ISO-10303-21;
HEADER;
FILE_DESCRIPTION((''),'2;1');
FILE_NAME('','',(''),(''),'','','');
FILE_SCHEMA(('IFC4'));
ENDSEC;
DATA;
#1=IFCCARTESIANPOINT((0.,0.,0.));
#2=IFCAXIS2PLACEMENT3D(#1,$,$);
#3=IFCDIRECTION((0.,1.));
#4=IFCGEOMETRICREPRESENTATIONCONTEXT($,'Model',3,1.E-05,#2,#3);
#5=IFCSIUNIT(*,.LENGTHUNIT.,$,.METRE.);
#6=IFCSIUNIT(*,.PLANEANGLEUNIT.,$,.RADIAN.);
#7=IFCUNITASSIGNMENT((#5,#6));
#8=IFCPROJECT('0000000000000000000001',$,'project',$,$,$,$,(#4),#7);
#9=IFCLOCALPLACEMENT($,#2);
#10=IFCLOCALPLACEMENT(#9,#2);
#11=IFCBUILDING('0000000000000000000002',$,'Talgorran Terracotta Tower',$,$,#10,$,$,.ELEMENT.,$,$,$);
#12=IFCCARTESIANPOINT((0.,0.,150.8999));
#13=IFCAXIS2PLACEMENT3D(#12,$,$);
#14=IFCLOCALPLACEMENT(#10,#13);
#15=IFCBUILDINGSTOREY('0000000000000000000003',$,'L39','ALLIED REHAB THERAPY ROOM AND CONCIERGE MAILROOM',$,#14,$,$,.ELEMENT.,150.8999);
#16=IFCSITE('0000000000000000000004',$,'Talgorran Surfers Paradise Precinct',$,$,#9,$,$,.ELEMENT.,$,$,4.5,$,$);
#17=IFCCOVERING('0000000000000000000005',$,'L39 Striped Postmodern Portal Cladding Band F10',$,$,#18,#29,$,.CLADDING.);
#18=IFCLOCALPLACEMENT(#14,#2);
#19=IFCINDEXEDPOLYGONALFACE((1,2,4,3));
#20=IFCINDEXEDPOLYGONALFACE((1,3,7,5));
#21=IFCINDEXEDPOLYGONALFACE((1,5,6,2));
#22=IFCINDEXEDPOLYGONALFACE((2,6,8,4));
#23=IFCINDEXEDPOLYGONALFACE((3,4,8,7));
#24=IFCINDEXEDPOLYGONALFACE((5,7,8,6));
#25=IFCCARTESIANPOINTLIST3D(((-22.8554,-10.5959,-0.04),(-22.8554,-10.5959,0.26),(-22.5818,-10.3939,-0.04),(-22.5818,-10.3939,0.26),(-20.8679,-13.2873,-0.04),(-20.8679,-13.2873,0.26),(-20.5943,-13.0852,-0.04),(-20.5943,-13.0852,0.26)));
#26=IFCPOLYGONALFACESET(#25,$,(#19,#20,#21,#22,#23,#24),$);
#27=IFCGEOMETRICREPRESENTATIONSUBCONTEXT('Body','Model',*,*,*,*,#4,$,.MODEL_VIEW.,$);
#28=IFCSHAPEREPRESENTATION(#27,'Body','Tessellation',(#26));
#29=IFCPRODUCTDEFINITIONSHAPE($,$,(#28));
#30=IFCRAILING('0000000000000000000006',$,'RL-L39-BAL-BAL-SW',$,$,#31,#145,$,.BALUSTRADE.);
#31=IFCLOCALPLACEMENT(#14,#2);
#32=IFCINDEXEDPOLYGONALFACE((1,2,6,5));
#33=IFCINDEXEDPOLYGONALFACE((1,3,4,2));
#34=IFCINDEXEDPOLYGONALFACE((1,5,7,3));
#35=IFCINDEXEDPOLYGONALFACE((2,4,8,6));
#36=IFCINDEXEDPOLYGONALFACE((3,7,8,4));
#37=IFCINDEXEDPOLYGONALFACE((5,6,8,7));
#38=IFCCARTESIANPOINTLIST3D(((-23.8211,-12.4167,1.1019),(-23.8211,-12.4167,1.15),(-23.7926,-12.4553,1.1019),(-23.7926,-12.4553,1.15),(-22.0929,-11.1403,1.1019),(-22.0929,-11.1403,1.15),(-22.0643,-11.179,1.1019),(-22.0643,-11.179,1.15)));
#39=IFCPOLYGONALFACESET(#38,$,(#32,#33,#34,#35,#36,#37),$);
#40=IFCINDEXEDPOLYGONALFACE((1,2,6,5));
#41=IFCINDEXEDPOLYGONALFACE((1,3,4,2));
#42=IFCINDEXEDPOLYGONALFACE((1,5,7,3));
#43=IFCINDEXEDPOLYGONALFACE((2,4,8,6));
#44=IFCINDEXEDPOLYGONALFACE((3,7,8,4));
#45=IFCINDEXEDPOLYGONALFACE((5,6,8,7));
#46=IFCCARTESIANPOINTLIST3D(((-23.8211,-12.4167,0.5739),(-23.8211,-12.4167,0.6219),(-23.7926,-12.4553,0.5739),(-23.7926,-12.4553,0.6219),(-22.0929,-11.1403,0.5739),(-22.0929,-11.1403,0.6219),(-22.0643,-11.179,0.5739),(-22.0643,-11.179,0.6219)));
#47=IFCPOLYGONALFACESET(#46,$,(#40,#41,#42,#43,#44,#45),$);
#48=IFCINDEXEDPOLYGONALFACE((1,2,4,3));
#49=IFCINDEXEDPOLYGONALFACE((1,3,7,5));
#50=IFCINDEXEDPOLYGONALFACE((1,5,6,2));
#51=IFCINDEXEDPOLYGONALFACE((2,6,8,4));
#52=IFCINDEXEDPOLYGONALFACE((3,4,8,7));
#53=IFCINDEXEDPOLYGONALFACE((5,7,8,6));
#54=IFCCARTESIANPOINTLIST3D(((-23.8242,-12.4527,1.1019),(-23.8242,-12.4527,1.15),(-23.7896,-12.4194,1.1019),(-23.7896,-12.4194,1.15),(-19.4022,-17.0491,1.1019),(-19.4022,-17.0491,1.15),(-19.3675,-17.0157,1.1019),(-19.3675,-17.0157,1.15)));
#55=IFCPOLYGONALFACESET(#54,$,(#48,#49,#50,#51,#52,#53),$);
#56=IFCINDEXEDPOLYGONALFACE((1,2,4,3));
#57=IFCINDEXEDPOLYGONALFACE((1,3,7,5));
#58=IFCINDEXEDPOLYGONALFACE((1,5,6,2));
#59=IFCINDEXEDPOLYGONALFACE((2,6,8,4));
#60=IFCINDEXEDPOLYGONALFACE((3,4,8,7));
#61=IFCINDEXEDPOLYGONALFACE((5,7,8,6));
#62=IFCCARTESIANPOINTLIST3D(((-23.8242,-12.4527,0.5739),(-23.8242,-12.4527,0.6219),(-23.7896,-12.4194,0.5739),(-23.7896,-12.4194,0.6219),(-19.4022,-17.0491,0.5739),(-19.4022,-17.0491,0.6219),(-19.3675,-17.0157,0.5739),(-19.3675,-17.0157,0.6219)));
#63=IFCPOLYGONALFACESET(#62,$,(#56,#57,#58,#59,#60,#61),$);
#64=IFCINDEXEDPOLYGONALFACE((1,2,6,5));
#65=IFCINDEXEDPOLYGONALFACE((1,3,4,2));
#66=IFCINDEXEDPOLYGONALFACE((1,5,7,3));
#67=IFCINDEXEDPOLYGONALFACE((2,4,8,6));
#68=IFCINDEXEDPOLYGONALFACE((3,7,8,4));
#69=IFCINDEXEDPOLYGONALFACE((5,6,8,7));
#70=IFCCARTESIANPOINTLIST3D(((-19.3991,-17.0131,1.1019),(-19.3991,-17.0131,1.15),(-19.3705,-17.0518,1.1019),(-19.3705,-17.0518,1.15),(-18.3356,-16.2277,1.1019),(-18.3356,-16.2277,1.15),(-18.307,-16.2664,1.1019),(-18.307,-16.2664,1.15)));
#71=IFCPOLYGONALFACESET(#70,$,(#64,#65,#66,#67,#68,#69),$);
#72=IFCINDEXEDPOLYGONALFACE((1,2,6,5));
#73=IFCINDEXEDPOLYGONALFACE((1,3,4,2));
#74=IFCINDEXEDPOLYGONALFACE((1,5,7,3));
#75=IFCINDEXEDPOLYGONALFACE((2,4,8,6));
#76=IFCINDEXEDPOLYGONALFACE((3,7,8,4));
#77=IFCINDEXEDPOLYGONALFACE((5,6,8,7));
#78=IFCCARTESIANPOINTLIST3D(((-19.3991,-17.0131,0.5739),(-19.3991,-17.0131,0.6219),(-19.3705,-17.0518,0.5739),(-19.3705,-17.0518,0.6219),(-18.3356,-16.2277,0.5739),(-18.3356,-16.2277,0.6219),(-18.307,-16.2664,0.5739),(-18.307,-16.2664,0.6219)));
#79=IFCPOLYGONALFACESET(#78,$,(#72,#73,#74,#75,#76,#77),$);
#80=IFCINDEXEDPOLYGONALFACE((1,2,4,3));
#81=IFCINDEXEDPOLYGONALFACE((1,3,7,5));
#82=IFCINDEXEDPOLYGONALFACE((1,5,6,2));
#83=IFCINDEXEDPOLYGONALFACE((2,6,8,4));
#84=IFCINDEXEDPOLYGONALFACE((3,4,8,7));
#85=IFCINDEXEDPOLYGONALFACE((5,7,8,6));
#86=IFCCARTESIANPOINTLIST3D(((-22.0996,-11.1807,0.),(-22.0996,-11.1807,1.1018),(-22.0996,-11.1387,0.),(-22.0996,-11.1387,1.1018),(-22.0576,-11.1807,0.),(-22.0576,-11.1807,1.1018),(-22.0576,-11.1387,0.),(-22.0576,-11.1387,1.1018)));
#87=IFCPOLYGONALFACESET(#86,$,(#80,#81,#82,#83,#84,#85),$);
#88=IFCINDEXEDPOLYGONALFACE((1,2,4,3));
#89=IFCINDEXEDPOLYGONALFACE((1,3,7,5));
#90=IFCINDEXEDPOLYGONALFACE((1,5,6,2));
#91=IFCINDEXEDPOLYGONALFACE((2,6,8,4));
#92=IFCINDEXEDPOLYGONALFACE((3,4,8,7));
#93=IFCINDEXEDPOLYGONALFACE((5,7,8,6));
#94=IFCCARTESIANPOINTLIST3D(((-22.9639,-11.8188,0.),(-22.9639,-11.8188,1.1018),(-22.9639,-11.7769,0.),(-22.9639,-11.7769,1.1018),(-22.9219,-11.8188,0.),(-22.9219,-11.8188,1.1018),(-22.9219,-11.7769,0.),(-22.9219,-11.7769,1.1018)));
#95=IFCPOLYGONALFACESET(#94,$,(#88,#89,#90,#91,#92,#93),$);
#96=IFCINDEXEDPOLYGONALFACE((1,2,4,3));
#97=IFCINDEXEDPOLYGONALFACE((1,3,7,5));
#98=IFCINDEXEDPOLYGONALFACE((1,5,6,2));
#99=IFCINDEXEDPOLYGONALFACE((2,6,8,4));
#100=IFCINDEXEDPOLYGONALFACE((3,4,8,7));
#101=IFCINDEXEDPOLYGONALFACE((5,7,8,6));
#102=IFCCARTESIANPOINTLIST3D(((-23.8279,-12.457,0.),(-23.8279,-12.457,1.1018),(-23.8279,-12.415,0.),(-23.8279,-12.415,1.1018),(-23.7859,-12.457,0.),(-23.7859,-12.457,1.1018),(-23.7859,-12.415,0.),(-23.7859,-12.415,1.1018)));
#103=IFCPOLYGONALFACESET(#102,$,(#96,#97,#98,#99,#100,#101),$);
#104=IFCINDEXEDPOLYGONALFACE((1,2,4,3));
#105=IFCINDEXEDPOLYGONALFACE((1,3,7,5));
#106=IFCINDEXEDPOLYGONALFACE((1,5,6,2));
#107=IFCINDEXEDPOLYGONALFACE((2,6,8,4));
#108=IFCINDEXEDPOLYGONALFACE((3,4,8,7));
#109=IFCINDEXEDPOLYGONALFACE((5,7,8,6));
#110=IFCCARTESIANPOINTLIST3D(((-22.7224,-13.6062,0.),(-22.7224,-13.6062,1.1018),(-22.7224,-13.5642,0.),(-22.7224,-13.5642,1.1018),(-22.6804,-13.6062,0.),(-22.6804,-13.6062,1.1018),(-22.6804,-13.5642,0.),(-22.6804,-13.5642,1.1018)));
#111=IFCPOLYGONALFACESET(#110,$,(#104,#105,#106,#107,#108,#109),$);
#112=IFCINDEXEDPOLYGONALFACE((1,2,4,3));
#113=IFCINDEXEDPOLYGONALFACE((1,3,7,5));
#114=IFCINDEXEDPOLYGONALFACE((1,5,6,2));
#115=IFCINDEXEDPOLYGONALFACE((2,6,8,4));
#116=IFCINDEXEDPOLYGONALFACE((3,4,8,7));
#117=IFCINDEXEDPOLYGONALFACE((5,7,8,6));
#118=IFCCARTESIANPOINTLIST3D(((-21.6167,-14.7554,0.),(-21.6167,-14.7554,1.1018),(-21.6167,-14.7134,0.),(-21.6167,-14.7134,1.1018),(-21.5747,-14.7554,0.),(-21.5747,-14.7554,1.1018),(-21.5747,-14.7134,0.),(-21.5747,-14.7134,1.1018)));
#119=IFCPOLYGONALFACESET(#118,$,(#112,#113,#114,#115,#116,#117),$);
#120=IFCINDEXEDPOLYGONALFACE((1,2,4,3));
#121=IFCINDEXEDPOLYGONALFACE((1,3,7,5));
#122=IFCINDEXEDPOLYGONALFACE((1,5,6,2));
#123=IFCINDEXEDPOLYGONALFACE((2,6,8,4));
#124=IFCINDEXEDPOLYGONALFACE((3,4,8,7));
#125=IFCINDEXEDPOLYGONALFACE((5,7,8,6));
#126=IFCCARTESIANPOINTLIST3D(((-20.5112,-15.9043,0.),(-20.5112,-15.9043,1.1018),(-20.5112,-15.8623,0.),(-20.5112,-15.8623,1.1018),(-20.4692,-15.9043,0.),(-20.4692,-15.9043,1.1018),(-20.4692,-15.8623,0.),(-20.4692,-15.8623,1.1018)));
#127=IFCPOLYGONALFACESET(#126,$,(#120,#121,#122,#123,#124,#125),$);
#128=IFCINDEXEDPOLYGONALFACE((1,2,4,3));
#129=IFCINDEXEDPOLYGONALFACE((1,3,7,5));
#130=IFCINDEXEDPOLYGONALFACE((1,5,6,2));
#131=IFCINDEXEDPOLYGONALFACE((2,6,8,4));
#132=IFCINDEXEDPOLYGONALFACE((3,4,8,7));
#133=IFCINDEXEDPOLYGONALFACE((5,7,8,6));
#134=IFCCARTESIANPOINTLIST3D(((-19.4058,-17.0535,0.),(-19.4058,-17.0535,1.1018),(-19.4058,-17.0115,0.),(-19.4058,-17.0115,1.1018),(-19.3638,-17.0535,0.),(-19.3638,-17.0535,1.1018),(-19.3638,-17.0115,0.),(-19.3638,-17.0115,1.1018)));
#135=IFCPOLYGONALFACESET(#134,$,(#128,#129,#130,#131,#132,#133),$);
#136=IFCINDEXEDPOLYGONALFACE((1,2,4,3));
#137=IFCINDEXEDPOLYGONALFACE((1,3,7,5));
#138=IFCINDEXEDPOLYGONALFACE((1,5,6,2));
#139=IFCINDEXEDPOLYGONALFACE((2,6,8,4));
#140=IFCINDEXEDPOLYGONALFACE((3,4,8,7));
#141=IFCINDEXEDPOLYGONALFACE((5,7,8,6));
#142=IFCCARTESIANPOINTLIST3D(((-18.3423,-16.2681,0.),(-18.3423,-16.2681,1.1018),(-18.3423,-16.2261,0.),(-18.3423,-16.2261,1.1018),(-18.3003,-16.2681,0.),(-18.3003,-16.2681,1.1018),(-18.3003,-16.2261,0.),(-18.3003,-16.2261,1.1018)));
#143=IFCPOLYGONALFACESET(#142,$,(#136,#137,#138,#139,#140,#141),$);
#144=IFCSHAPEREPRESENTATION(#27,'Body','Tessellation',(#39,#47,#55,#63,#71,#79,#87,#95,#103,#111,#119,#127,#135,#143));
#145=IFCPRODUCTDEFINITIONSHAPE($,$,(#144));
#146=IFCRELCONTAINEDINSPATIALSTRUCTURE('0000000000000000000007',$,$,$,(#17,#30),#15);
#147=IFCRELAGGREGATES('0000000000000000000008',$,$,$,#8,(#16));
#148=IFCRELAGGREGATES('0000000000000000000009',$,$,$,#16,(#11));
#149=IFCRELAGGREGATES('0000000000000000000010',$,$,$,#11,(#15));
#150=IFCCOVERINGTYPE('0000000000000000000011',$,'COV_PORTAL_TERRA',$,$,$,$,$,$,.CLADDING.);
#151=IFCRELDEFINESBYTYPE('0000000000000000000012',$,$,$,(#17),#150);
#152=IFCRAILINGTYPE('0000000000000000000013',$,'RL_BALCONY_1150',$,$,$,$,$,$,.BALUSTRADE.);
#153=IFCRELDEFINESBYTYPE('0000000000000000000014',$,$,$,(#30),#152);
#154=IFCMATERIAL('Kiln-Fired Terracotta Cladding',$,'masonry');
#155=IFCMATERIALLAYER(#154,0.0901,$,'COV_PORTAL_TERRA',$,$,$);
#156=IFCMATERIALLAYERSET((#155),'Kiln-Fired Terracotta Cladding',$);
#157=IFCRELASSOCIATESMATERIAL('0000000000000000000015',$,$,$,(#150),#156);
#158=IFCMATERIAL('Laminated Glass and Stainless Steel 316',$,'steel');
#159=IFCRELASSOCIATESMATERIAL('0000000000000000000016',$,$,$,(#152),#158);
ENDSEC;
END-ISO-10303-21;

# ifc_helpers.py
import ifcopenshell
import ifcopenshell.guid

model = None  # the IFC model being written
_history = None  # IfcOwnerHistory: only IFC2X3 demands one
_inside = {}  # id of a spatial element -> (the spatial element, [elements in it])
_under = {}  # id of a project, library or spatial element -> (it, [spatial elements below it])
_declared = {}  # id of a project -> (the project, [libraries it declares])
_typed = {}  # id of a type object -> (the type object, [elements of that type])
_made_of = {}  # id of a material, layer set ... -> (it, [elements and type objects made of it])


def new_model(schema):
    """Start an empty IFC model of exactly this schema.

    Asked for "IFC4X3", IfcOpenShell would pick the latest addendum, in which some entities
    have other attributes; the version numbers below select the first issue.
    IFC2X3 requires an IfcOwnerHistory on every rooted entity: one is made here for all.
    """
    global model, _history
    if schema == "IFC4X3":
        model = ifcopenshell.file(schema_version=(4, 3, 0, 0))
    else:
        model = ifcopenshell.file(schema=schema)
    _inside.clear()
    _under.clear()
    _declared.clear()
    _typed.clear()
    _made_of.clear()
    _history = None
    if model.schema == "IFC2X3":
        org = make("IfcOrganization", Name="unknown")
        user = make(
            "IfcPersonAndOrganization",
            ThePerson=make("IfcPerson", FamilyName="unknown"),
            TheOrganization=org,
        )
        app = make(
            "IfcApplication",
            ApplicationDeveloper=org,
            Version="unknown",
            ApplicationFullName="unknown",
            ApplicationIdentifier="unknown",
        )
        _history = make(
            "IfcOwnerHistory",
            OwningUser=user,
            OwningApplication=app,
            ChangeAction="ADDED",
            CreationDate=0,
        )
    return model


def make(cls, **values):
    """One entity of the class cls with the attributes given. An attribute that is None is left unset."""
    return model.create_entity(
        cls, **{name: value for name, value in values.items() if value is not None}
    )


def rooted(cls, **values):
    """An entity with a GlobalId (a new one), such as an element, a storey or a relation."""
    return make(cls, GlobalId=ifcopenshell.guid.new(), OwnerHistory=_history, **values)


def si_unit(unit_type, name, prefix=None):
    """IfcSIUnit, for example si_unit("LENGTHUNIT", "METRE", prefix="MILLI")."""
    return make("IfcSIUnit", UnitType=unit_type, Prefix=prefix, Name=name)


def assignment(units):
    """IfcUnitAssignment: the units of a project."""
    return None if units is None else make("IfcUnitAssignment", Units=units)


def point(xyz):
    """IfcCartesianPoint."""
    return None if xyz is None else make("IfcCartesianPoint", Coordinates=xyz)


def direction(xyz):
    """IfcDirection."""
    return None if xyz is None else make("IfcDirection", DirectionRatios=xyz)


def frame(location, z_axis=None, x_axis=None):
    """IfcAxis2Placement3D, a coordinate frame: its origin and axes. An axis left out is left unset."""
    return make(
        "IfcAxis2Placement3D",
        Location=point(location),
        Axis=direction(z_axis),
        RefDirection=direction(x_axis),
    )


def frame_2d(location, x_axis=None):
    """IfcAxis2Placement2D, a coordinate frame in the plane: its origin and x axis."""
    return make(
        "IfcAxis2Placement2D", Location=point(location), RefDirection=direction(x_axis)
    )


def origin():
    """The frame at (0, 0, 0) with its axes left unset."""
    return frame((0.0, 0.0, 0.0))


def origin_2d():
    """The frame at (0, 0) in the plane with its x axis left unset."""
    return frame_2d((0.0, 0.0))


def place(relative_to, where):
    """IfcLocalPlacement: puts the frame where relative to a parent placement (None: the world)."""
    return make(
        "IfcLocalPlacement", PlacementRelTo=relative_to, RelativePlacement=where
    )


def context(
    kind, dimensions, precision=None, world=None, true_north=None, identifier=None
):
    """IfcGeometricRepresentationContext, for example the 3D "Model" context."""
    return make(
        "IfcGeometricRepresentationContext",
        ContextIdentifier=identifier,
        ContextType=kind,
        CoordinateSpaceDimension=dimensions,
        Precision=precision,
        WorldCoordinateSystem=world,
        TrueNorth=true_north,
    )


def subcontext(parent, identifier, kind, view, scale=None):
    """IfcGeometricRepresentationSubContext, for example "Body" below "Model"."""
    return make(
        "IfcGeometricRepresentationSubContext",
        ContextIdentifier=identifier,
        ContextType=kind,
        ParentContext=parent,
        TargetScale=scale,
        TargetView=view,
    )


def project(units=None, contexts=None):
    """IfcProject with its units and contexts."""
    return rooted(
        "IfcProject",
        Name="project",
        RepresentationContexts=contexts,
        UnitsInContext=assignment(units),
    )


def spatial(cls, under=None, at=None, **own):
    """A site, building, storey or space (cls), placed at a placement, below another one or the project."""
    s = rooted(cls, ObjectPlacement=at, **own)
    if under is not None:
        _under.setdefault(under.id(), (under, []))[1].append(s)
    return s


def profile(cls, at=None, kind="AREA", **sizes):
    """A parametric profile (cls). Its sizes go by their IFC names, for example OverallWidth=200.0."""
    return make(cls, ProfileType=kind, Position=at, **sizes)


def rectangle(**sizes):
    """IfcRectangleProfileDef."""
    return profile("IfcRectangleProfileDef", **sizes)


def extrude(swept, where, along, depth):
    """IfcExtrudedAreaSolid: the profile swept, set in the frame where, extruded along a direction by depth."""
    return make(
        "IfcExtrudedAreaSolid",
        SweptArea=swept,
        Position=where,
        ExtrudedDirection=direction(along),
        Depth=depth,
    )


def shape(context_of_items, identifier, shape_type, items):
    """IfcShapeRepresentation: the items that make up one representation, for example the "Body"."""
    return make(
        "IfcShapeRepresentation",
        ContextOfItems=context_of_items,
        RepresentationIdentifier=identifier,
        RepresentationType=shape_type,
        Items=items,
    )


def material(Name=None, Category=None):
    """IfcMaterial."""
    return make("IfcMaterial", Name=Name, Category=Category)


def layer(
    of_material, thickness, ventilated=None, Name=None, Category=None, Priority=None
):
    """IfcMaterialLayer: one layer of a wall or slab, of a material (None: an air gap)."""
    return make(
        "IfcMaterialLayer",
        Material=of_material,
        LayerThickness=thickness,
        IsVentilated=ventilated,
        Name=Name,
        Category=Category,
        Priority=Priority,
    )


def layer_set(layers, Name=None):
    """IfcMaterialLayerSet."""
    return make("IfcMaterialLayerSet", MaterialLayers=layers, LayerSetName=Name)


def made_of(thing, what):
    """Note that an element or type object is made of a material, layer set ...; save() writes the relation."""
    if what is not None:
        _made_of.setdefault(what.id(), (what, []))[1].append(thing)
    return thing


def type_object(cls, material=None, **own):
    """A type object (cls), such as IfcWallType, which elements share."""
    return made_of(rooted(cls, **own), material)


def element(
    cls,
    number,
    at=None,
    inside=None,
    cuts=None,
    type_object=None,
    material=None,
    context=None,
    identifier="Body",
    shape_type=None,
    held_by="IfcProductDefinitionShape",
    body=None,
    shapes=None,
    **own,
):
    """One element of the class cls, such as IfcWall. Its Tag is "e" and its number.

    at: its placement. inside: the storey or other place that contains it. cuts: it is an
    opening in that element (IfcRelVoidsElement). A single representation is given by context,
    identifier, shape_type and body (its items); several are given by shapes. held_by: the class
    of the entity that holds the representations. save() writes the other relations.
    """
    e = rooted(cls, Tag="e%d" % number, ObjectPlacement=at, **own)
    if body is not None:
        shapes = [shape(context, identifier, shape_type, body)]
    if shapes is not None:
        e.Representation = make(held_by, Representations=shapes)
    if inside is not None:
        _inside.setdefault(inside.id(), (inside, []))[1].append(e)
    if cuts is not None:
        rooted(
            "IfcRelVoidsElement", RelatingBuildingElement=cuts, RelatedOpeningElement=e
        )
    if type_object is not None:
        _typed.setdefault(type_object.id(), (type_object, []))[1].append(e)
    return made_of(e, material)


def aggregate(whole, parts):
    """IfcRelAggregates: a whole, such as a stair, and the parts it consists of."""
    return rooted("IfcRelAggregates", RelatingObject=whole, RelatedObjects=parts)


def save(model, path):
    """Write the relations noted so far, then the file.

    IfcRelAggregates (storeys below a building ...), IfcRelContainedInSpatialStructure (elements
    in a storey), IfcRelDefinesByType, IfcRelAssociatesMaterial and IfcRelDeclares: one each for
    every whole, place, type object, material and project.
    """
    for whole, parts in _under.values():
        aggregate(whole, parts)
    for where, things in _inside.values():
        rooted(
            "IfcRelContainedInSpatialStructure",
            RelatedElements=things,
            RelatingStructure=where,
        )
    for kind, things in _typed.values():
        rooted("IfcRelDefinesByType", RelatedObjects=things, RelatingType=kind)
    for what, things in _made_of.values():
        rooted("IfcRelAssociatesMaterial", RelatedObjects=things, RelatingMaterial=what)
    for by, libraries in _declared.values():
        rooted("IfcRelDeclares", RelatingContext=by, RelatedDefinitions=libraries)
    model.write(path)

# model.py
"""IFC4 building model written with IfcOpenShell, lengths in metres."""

from ifc_helpers import new_model, si_unit, direction, frame, origin, origin_2d, place, context, subcontext, project, spatial, rectangle, extrude, material, layer, layer_set, type_object, element, save


model = new_model("IFC4")

# Units and contexts
model_context = context("Model", 3, precision=1e-05, world=origin(), true_north=direction((0.0, 1.0)))
body_context = subcontext(model_context, "Body", "Model", "MODEL_VIEW")
ifc_project = project(units=[si_unit("LENGTHUNIT", "METRE"), si_unit("PLANEANGLEUNIT", "RADIAN")], contexts=[model_context])

# Site, building, storey
site_placement = place(None, origin())
site = spatial("IfcSite", under=ifc_project, at=site_placement, Name="Talgorran Surfers Paradise Precinct", CompositionType="ELEMENT", RefElevation=4.5)
building_placement = place(site_placement, origin())
building = spatial("IfcBuilding", under=site, at=building_placement, Name="Talgorran Terracotta Tower", CompositionType="ELEMENT")
storey_placement = place(building_placement, frame((0.0, 0.0, 150.8999)))
storey = spatial("IfcBuildingStorey", under=building, at=storey_placement, Name="L39", Description="ALLIED REHAB THERAPY ROOM AND CONCIERGE MAILROOM", CompositionType="ELEMENT", Elevation=150.8999)

# Covering
ifc_material_1 = material(Name="Kiln-Fired Terracotta Cladding", Category="masonry")
ifc_layer_1 = layer(ifc_material_1, 0.0901, Name="COV_PORTAL_TERRA")
ifc_layer_set_1 = layer_set([ifc_layer_1], Name="Kiln-Fired Terracotta Cladding")
covering_type_1 = type_object("IfcCoveringType", Name="COV_PORTAL_TERRA", PredefinedType="CLADDING", material=ifc_layer_set_1)
covering_1_placement = place(storey_placement, frame((-21.7249, -11.8406, -0.04), z_axis=(0.0, 0.0, 1.0), x_axis=(0.594065, -0.804417, 0.0)))
element("IfcCovering", 1, at=covering_1_placement, inside=storey, type_object=covering_type_1, Name="L39 Striped Postmodern Portal Cladding Band F10", PredefinedType="CLADDING", context=body_context, shape_type="SweptSolid", body=[
    extrude(rectangle(XDim=3.3457, YDim=0.3401, at=origin_2d()), origin(), (0.0, 0.0, 1.0), 0.3),
])

# Railing
ifc_material_2 = material(Name="Laminated Glass and Stainless Steel 316", Category="steel")
railing_type = type_object("IfcRailingType", Name="RL_BALCONY_1150", PredefinedType="BALUSTRADE", material=ifc_material_2)
railing_placement = place(storey_placement, frame((-22.0786, -11.1597, 0.0)))
element("IfcRailing", 2, at=railing_placement, inside=storey, type_object=railing_type, Name="RL-L39-BAL-BAL-SW", PredefinedType="BALUSTRADE", context=body_context, shape_type="SweptSolid", body=[
    extrude(rectangle(XDim=0.0481, YDim=0.0481, at=origin_2d()), frame((0.0, 0.0, 1.126), z_axis=(-0.80441, -0.594075, 0.0), x_axis=(0.594075, -0.80441, 0.0)), (0.0, 0.0, 1.0), 2.1484),
    extrude(rectangle(XDim=0.0481, YDim=0.0481, at=origin_2d()), frame((0.0, 0.0, 0.5979), z_axis=(-0.80441, -0.594075, 0.0), x_axis=(0.594075, -0.80441, 0.0)), (0.0, 0.0, 1.0), 2.1484),
    extrude(rectangle(XDim=0.0481, YDim=0.0481, at=origin_2d()), frame((-1.7283, -1.2764, 1.126), z_axis=(0.69331, -0.72064, 0.0), x_axis=(0.72064, 0.69331, 0.0)), (0.0, 0.0, 1.0), 6.3782),
    extrude(rectangle(XDim=0.0481, YDim=0.0481, at=origin_2d()), frame((-1.7283, -1.2764, 0.5979), z_axis=(0.69331, -0.72064, 0.0), x_axis=(0.72064, 0.69331, 0.0)), (0.0, 0.0, 1.0), 6.3782),
    extrude(rectangle(XDim=0.0481, YDim=0.0481, at=origin_2d()), frame((2.6938, -5.8728, 1.126), z_axis=(0.80441, 0.594074, 0.0), x_axis=(-0.594074, 0.80441, 0.0)), (0.0, 0.0, 1.0), 1.322),
    extrude(rectangle(XDim=0.0481, YDim=0.0481, at=origin_2d()), frame((2.6938, -5.8728, 0.5979), z_axis=(0.80441, 0.594074, 0.0), x_axis=(-0.594074, 0.80441, 0.0)), (0.0, 0.0, 1.0), 1.322),
    extrude(rectangle(XDim=0.042, YDim=0.042, at=origin_2d()), origin(), (0.0, 0.0, 1.0), 1.1018),
    extrude(rectangle(XDim=0.042, YDim=0.042, at=origin_2d()), frame((-0.8643, -0.6382, 0.0)), (0.0, 0.0, 1.0), 1.1018),
    extrude(rectangle(XDim=0.042, YDim=0.042, at=origin_2d()), frame((-1.7283, -1.2764, 0.0)), (0.0, 0.0, 1.0), 1.1018),
    extrude(rectangle(XDim=0.042, YDim=0.042, at=origin_2d()), frame((-0.6228, -2.4255, 0.0)), (0.0, 0.0, 1.0), 1.1018),
    extrude(rectangle(XDim=0.042, YDim=0.042, at=origin_2d()), frame((0.4829, -3.5747, 0.0)), (0.0, 0.0, 1.0), 1.1018),
    extrude(rectangle(XDim=0.042, YDim=0.042, at=origin_2d()), frame((1.5884, -4.7236, 0.0)), (0.0, 0.0, 1.0), 1.1018),
    extrude(rectangle(XDim=0.042, YDim=0.042, at=origin_2d()), frame((2.6938, -5.8728, 0.0)), (0.0, 0.0, 1.0), 1.1018),
    extrude(rectangle(XDim=0.042, YDim=0.042, at=origin_2d()), frame((3.7573, -5.0874, 0.0)), (0.0, 0.0, 1.0), 1.1018),
])

save(model, "model.ifc")
